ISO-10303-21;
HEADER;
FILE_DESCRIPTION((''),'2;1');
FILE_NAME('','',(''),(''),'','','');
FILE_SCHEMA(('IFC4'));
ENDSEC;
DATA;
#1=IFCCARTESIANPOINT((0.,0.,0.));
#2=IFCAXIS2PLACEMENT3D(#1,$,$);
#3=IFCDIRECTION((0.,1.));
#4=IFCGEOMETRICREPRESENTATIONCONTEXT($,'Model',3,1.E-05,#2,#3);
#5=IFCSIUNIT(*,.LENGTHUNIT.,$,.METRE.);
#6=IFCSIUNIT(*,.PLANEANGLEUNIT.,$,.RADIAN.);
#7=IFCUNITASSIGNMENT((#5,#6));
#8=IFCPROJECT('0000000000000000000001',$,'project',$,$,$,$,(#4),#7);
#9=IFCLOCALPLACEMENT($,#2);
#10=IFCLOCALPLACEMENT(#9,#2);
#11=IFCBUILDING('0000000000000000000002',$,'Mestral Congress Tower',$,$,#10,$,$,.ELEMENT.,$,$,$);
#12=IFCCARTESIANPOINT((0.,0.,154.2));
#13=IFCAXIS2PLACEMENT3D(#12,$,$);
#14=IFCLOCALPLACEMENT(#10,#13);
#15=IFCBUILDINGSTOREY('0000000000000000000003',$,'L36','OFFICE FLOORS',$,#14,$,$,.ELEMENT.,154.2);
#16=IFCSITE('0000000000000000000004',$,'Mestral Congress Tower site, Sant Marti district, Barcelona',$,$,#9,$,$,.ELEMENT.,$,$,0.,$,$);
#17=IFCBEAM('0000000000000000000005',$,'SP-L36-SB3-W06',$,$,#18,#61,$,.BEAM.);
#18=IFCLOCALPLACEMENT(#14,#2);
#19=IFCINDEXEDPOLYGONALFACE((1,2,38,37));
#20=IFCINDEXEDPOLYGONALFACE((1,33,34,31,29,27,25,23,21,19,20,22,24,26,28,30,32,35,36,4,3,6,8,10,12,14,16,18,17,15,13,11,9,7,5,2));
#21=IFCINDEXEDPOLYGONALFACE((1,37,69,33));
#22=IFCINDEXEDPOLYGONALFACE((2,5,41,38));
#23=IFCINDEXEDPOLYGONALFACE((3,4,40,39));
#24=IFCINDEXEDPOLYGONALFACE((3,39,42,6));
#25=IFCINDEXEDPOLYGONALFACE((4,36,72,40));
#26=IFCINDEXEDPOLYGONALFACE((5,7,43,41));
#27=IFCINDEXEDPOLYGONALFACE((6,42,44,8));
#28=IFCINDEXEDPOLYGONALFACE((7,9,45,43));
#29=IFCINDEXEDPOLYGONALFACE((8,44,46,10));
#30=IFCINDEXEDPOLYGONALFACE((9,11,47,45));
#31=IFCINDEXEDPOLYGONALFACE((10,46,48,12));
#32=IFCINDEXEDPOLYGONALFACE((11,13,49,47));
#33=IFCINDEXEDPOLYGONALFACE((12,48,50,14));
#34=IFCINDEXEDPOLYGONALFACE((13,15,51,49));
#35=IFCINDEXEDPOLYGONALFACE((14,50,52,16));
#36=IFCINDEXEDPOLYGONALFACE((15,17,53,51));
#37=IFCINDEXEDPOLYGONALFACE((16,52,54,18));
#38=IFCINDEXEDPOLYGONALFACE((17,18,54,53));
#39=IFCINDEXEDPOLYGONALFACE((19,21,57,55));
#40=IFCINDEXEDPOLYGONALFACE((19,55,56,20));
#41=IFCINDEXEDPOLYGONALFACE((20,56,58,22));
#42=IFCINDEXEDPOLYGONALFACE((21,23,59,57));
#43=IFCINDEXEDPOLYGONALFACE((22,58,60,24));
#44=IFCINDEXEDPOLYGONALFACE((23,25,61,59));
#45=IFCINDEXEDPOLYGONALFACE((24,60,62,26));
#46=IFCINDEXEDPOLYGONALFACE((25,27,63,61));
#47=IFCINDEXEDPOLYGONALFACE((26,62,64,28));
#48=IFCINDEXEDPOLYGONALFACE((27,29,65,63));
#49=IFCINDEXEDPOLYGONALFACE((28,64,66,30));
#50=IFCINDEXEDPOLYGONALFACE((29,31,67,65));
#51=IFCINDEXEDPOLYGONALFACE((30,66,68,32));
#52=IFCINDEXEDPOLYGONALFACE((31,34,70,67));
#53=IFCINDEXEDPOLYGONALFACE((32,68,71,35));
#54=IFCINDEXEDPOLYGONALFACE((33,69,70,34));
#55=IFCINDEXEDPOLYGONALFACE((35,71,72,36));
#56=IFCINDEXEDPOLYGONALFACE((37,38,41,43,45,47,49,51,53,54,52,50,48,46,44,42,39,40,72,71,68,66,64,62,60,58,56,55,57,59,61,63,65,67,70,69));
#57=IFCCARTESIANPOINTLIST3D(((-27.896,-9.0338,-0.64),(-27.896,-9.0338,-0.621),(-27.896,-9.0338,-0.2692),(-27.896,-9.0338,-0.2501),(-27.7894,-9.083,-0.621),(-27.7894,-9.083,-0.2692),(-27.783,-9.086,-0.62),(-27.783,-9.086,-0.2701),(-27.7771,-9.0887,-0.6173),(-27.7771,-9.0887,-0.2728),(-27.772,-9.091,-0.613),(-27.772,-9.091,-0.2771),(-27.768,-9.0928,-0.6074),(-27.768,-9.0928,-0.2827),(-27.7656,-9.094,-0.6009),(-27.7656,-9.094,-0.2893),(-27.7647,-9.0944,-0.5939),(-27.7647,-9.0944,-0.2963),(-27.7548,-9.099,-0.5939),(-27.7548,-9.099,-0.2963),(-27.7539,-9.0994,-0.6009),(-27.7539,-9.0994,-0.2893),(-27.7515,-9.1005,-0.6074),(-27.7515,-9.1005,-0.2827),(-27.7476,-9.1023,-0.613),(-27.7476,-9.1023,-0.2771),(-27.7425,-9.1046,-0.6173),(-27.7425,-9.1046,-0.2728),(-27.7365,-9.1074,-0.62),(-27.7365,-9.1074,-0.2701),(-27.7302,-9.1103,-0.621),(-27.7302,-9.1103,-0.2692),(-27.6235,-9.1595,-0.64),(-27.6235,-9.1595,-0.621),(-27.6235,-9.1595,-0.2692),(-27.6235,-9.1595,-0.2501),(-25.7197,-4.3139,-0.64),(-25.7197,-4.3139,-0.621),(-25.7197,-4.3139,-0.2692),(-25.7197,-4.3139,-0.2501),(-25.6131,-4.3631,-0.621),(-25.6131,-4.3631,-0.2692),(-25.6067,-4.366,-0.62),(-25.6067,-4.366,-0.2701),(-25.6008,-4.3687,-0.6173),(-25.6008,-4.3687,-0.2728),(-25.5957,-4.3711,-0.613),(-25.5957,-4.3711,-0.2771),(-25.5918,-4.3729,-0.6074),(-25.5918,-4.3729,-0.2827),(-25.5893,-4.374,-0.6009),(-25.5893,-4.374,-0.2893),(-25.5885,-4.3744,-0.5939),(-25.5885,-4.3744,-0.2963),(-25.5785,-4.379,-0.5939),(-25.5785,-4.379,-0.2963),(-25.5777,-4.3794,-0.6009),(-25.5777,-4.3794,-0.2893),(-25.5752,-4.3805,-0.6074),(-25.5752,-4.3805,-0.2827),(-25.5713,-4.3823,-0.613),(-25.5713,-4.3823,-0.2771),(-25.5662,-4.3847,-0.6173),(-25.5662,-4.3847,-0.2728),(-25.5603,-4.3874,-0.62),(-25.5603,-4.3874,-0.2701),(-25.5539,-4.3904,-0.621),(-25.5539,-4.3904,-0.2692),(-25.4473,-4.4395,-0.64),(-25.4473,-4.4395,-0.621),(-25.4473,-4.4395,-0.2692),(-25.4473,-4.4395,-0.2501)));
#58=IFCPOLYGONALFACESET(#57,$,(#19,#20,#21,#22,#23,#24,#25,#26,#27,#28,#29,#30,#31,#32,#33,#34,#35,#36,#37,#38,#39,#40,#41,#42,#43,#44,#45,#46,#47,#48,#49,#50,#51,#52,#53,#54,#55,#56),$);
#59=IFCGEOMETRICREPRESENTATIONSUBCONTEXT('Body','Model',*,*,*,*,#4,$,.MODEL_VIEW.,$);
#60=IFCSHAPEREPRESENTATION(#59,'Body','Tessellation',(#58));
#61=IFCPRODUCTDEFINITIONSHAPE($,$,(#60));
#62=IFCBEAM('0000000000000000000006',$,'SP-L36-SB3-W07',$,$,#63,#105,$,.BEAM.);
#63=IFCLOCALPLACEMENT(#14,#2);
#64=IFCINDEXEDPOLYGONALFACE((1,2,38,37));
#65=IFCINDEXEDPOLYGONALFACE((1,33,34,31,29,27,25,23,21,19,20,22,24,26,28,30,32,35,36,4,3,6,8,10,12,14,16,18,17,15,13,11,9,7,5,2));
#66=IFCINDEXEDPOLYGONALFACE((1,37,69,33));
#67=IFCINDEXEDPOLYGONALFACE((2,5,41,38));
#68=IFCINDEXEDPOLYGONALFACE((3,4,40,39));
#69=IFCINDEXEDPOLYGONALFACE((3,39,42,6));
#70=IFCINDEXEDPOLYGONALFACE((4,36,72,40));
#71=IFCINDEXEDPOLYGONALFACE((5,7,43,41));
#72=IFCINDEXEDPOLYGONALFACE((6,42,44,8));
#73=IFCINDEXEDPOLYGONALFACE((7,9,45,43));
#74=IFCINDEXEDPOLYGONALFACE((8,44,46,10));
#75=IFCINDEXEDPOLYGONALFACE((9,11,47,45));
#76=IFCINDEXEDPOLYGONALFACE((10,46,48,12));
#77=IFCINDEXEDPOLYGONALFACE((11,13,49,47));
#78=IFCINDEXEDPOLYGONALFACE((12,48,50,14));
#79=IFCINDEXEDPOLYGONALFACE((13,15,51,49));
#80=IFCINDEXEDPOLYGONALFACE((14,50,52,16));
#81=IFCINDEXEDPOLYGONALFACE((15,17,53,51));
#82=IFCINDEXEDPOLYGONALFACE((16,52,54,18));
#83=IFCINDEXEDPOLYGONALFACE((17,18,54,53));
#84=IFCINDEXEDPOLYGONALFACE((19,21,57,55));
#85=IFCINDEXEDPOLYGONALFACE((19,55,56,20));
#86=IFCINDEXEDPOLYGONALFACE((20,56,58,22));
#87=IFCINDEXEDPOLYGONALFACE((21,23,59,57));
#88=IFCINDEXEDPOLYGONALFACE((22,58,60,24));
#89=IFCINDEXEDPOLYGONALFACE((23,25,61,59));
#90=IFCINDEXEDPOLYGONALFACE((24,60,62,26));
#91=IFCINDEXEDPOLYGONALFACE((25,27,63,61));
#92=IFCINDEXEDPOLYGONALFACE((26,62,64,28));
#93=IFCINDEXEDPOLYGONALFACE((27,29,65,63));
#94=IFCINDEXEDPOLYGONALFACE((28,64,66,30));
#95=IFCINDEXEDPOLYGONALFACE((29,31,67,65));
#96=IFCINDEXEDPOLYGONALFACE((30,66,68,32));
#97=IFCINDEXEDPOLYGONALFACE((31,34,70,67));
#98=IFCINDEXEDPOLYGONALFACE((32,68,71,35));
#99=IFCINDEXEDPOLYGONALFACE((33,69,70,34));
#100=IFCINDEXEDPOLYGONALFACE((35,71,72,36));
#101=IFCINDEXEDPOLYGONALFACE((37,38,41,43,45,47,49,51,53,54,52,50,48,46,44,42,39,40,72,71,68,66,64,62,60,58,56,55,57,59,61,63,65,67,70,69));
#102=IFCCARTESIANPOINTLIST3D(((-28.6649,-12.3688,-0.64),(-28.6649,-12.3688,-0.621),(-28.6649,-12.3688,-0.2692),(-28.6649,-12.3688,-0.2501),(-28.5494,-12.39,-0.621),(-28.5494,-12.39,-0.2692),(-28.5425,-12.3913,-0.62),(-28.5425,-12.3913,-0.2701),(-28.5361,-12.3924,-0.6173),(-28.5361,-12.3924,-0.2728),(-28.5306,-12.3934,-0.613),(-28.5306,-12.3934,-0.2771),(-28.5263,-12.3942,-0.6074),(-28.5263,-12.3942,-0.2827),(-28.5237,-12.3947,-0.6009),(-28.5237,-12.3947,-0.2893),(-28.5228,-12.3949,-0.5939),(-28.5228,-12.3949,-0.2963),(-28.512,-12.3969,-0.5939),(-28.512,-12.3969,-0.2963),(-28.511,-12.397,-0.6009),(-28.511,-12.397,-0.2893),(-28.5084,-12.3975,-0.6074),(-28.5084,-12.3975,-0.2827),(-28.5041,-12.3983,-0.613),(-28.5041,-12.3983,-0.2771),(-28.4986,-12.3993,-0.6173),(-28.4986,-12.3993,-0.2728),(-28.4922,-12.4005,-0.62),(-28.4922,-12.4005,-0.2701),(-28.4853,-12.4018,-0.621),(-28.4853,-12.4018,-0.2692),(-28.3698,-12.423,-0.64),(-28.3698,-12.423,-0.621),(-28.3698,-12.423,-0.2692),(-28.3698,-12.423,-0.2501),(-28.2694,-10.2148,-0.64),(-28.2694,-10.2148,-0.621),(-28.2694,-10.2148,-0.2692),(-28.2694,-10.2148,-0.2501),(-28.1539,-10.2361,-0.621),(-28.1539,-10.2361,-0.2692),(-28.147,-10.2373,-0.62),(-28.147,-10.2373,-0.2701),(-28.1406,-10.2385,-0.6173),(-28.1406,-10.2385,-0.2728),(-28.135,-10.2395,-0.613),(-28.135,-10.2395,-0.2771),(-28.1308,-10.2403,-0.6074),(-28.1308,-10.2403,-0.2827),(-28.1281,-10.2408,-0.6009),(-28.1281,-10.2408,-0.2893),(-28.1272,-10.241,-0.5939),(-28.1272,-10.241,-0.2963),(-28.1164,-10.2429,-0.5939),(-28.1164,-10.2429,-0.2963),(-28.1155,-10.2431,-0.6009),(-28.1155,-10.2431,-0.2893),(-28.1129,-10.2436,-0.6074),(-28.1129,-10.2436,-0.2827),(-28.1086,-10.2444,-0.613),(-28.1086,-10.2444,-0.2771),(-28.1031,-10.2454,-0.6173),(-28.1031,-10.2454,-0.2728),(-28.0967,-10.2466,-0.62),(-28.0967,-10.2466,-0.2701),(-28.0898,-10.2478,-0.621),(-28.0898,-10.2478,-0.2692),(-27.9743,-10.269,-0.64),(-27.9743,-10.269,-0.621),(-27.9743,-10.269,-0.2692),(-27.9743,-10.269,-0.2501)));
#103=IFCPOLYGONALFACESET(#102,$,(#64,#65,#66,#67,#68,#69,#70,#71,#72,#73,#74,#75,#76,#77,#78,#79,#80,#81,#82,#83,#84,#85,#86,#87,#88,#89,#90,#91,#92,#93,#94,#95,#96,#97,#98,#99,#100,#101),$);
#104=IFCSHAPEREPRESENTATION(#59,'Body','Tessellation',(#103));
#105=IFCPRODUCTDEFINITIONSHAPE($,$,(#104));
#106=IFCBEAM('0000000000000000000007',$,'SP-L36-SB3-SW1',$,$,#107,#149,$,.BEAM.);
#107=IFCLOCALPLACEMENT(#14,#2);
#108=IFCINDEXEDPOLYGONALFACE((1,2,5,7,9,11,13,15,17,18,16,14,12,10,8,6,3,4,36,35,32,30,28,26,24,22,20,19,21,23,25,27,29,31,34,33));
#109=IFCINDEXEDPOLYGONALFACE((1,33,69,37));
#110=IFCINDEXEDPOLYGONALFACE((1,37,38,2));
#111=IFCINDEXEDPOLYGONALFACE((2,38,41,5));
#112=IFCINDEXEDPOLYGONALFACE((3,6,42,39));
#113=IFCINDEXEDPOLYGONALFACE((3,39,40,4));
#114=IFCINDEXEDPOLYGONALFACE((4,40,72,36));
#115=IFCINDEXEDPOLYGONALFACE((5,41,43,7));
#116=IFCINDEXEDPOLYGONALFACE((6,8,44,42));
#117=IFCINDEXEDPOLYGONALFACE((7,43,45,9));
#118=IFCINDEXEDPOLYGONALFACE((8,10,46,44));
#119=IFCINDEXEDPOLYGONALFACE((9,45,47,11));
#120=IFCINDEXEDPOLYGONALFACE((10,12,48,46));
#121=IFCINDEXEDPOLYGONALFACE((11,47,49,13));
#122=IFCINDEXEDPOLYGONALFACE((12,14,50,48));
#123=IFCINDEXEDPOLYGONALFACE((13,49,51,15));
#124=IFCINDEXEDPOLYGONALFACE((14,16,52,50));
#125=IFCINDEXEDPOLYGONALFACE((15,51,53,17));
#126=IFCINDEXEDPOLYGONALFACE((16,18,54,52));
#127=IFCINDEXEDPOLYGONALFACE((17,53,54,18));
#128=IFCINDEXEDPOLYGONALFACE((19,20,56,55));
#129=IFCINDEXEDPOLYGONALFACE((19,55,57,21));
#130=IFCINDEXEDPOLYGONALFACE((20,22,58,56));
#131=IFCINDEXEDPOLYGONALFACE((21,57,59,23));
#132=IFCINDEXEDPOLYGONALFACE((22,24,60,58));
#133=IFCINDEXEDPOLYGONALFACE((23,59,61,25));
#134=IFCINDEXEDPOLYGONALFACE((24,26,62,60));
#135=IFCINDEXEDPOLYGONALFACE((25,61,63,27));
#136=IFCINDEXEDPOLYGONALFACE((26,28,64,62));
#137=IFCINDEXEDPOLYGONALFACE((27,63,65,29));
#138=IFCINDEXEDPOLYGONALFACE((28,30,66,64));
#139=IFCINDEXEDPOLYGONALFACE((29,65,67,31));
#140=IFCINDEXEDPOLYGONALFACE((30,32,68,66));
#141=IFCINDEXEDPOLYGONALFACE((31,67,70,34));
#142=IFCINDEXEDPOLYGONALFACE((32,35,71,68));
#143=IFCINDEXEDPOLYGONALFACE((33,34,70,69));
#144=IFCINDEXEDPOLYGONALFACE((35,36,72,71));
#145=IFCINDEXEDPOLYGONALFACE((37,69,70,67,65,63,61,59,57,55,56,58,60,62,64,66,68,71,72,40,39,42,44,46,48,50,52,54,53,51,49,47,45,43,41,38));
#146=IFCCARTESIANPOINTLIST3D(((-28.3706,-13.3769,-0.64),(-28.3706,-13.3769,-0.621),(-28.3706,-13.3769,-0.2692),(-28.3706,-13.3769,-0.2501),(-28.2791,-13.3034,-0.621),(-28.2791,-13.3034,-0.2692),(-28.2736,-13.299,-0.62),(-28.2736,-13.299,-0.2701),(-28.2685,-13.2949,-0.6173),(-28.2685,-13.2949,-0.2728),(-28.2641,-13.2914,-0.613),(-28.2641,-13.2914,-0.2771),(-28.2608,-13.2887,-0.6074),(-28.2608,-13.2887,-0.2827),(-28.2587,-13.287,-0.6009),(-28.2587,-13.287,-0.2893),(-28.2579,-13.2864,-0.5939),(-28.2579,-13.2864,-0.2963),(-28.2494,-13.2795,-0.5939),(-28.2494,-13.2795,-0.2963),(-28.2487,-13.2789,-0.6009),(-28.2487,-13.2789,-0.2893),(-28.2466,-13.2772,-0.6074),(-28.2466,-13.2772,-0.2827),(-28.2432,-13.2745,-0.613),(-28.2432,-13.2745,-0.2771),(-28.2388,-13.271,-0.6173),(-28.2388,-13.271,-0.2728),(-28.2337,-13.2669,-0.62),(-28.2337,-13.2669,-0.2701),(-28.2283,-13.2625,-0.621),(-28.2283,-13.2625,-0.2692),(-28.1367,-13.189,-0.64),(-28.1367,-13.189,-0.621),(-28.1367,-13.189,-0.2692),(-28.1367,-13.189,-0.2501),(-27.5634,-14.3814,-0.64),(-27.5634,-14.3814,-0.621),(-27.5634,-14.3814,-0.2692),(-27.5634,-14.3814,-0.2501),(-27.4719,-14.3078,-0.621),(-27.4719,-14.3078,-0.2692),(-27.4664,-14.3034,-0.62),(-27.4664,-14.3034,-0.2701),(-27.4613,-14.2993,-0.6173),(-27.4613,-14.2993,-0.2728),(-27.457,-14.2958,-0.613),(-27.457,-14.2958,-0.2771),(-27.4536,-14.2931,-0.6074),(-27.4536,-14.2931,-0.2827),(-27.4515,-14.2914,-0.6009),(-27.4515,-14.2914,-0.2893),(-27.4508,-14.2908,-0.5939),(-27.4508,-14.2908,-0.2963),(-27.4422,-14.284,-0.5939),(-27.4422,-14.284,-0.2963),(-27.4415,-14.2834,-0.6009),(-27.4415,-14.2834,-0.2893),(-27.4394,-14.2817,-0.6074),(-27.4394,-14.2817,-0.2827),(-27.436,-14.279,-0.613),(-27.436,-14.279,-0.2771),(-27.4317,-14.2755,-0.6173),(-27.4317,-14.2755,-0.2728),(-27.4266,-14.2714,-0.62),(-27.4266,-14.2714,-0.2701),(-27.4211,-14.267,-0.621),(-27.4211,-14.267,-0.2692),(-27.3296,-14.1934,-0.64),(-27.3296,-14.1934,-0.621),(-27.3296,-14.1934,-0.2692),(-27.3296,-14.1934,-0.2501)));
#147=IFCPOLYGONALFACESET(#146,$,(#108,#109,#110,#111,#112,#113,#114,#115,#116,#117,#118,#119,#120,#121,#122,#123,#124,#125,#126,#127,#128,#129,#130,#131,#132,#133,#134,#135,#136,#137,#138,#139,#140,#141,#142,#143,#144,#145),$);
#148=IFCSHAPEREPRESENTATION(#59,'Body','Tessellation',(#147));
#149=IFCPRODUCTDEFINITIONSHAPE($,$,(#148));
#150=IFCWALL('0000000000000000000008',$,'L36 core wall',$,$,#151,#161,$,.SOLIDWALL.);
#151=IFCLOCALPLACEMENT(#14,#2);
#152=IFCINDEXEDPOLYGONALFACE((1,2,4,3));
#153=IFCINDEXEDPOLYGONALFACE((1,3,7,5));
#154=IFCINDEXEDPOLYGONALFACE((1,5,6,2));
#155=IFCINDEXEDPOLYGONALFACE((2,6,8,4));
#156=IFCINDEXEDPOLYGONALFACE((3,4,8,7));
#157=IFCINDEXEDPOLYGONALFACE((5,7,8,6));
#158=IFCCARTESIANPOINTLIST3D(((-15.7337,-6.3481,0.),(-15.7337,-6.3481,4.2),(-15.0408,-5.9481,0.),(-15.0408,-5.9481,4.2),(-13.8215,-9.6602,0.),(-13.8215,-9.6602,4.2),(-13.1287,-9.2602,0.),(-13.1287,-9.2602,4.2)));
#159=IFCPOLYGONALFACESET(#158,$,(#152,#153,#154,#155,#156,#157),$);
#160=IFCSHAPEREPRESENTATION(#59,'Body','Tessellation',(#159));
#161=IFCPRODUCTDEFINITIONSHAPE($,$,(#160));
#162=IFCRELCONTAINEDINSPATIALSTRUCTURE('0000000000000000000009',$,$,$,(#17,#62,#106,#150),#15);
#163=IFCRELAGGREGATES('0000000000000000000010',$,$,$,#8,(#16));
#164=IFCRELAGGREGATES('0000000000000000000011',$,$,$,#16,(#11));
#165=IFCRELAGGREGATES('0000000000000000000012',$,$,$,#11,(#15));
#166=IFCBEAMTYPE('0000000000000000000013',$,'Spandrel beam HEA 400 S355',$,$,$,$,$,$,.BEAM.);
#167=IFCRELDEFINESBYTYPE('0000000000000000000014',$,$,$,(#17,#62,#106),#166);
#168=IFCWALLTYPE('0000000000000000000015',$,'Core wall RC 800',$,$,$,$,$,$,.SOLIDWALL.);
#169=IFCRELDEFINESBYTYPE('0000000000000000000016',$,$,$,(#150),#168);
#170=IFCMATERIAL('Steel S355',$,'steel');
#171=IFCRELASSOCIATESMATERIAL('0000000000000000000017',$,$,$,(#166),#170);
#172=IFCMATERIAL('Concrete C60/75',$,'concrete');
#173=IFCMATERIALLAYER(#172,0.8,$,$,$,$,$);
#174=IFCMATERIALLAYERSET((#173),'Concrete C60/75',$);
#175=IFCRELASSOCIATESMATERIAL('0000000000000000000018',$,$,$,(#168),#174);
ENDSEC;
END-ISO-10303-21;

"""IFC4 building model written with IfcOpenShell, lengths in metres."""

from ifc_helpers import new_model, si_unit, direction, frame, frame_2d, origin, origin_2d, place, context, subcontext, project, spatial, rectangle, i_section, extrude, material, layer, layer_set, material_profile, profile_set, type_object, element, save


model = new_model("IFC4")

# Units and contexts
model_context = context("Model", 3, precision=1e-05, world=origin(), true_north=direction((0.0, 1.0)))
body_context = subcontext(model_context, "Body", "Model", "MODEL_VIEW")
ifc_project = project(units=[si_unit("LENGTHUNIT", "METRE"), si_unit("PLANEANGLEUNIT", "RADIAN")], contexts=[model_context])

# Site, building, storey
site_placement = place(None, origin())
site = spatial("IfcSite", under=ifc_project, at=site_placement, Name="Mestral Congress Tower site, Sant Marti district, Barcelona", CompositionType="ELEMENT", RefElevation=0.0)
building_placement = place(site_placement, origin())
building = spatial("IfcBuilding", under=site, at=building_placement, Name="Mestral Congress Tower", CompositionType="ELEMENT")
storey_placement = place(building_placement, frame((0.0, 0.0, 154.2)))
storey = spatial("IfcBuildingStorey", under=building, at=storey_placement, Name="L36", Description="OFFICE FLOORS", CompositionType="ELEMENT", Elevation=154.2)

# Shared definitions
ifc_material_1 = material(Name="Concrete C60/75", Category="concrete")

# Beams
ifc_material_2 = material(Name="Steel S355", Category="steel")
ifc_material_profile_1 = material_profile(ifc_material_2, i_section(OverallWidth=0.3, OverallDepth=0.3899, WebThickness=0.011, FlangeThickness=0.019, FilletRadius=0.0271, at=origin_2d()), Name="HEA 400")
ifc_profile_set_1 = profile_set([ifc_material_profile_1], Name="Steel S355")
beam_type_1 = type_object("IfcBeamType", Name="Spandrel beam HEA 400 S355", PredefinedType="BEAM", material=ifc_profile_set_1)
beam_1_placement = place(storey_placement, frame((-25.5835, -4.3767, -0.4451), z_axis=(-0.418713, -0.908119, 0.0), x_axis=(0.908119, -0.418713, 0.0)))
element("IfcBeam", 1, at=beam_1_placement, inside=storey, type_object=beam_type_1, Name="SP-L36-SB3-W06", PredefinedType="BEAM", context=body_context, shape_type="SweptSolid", body=[
    extrude(i_section(OverallWidth=0.3, OverallDepth=0.3899, WebThickness=0.011, FlangeThickness=0.019, FilletRadius=0.0271, at=origin_2d()), origin(), (0.0, 0.0, 1.0), 5.1975),
])
beam_2_placement = place(storey_placement, frame((-28.1218, -10.2419, -0.4451), z_axis=(-0.180612, -0.983554, 0.0), x_axis=(0.983554, -0.180612, 0.0)))
element("IfcBeam", 2, at=beam_2_placement, inside=storey, type_object=beam_type_1, Name="SP-L36-SB3-W07", PredefinedType="BEAM", context=body_context, shape_type="SweptSolid", body=[
    extrude(i_section(OverallWidth=0.3, OverallDepth=0.3899, WebThickness=0.011, FlangeThickness=0.019, FilletRadius=0.0271, at=origin_2d()), origin(), (0.0, 0.0, 1.0), 2.1899),
])
beam_3_placement = place(storey_placement, frame((-28.2537, -13.283, -0.4451), z_axis=(0.626403, -0.779499, 0.0), x_axis=(0.779499, 0.626403, 0.0)))
element("IfcBeam", 3, at=beam_3_placement, inside=storey, type_object=beam_type_1, Name="SP-L36-SB3-SW1", PredefinedType="BEAM", context=body_context, shape_type="SweptSolid", body=[
    extrude(i_section(OverallWidth=0.3, OverallDepth=0.3899, WebThickness=0.011, FlangeThickness=0.019, FilletRadius=0.0271, at=origin_2d()), origin(), (0.0, 0.0, 1.0), 1.2886),
])

# Wall
ifc_layer_1 = layer(ifc_material_1, 0.8)
ifc_layer_set_1 = layer_set([ifc_layer_1], Name="Concrete C60/75")
wall_type_1 = type_object("IfcWallType", Name="Core wall RC 800", PredefinedType="SOLIDWALL", material=ifc_layer_set_1)
wall_1_placement = place(storey_placement, frame((-15.3872, -6.1482, 0.0), z_axis=(0.0, 0.0, 1.0), x_axis=(0.499984, -0.866035, 0.0)))
element("IfcWall", 4, at=wall_1_placement, inside=storey, type_object=wall_type_1, Name="L36 core wall", PredefinedType="SOLIDWALL", context=body_context, shape_type="SweptSolid", body=[
    extrude(rectangle(XDim=3.8245, YDim=0.8, at=frame_2d((1.9121, 0.0))), origin(), (0.0, 0.0, 1.0), 4.2),
])

save(model, "model.ifc")
